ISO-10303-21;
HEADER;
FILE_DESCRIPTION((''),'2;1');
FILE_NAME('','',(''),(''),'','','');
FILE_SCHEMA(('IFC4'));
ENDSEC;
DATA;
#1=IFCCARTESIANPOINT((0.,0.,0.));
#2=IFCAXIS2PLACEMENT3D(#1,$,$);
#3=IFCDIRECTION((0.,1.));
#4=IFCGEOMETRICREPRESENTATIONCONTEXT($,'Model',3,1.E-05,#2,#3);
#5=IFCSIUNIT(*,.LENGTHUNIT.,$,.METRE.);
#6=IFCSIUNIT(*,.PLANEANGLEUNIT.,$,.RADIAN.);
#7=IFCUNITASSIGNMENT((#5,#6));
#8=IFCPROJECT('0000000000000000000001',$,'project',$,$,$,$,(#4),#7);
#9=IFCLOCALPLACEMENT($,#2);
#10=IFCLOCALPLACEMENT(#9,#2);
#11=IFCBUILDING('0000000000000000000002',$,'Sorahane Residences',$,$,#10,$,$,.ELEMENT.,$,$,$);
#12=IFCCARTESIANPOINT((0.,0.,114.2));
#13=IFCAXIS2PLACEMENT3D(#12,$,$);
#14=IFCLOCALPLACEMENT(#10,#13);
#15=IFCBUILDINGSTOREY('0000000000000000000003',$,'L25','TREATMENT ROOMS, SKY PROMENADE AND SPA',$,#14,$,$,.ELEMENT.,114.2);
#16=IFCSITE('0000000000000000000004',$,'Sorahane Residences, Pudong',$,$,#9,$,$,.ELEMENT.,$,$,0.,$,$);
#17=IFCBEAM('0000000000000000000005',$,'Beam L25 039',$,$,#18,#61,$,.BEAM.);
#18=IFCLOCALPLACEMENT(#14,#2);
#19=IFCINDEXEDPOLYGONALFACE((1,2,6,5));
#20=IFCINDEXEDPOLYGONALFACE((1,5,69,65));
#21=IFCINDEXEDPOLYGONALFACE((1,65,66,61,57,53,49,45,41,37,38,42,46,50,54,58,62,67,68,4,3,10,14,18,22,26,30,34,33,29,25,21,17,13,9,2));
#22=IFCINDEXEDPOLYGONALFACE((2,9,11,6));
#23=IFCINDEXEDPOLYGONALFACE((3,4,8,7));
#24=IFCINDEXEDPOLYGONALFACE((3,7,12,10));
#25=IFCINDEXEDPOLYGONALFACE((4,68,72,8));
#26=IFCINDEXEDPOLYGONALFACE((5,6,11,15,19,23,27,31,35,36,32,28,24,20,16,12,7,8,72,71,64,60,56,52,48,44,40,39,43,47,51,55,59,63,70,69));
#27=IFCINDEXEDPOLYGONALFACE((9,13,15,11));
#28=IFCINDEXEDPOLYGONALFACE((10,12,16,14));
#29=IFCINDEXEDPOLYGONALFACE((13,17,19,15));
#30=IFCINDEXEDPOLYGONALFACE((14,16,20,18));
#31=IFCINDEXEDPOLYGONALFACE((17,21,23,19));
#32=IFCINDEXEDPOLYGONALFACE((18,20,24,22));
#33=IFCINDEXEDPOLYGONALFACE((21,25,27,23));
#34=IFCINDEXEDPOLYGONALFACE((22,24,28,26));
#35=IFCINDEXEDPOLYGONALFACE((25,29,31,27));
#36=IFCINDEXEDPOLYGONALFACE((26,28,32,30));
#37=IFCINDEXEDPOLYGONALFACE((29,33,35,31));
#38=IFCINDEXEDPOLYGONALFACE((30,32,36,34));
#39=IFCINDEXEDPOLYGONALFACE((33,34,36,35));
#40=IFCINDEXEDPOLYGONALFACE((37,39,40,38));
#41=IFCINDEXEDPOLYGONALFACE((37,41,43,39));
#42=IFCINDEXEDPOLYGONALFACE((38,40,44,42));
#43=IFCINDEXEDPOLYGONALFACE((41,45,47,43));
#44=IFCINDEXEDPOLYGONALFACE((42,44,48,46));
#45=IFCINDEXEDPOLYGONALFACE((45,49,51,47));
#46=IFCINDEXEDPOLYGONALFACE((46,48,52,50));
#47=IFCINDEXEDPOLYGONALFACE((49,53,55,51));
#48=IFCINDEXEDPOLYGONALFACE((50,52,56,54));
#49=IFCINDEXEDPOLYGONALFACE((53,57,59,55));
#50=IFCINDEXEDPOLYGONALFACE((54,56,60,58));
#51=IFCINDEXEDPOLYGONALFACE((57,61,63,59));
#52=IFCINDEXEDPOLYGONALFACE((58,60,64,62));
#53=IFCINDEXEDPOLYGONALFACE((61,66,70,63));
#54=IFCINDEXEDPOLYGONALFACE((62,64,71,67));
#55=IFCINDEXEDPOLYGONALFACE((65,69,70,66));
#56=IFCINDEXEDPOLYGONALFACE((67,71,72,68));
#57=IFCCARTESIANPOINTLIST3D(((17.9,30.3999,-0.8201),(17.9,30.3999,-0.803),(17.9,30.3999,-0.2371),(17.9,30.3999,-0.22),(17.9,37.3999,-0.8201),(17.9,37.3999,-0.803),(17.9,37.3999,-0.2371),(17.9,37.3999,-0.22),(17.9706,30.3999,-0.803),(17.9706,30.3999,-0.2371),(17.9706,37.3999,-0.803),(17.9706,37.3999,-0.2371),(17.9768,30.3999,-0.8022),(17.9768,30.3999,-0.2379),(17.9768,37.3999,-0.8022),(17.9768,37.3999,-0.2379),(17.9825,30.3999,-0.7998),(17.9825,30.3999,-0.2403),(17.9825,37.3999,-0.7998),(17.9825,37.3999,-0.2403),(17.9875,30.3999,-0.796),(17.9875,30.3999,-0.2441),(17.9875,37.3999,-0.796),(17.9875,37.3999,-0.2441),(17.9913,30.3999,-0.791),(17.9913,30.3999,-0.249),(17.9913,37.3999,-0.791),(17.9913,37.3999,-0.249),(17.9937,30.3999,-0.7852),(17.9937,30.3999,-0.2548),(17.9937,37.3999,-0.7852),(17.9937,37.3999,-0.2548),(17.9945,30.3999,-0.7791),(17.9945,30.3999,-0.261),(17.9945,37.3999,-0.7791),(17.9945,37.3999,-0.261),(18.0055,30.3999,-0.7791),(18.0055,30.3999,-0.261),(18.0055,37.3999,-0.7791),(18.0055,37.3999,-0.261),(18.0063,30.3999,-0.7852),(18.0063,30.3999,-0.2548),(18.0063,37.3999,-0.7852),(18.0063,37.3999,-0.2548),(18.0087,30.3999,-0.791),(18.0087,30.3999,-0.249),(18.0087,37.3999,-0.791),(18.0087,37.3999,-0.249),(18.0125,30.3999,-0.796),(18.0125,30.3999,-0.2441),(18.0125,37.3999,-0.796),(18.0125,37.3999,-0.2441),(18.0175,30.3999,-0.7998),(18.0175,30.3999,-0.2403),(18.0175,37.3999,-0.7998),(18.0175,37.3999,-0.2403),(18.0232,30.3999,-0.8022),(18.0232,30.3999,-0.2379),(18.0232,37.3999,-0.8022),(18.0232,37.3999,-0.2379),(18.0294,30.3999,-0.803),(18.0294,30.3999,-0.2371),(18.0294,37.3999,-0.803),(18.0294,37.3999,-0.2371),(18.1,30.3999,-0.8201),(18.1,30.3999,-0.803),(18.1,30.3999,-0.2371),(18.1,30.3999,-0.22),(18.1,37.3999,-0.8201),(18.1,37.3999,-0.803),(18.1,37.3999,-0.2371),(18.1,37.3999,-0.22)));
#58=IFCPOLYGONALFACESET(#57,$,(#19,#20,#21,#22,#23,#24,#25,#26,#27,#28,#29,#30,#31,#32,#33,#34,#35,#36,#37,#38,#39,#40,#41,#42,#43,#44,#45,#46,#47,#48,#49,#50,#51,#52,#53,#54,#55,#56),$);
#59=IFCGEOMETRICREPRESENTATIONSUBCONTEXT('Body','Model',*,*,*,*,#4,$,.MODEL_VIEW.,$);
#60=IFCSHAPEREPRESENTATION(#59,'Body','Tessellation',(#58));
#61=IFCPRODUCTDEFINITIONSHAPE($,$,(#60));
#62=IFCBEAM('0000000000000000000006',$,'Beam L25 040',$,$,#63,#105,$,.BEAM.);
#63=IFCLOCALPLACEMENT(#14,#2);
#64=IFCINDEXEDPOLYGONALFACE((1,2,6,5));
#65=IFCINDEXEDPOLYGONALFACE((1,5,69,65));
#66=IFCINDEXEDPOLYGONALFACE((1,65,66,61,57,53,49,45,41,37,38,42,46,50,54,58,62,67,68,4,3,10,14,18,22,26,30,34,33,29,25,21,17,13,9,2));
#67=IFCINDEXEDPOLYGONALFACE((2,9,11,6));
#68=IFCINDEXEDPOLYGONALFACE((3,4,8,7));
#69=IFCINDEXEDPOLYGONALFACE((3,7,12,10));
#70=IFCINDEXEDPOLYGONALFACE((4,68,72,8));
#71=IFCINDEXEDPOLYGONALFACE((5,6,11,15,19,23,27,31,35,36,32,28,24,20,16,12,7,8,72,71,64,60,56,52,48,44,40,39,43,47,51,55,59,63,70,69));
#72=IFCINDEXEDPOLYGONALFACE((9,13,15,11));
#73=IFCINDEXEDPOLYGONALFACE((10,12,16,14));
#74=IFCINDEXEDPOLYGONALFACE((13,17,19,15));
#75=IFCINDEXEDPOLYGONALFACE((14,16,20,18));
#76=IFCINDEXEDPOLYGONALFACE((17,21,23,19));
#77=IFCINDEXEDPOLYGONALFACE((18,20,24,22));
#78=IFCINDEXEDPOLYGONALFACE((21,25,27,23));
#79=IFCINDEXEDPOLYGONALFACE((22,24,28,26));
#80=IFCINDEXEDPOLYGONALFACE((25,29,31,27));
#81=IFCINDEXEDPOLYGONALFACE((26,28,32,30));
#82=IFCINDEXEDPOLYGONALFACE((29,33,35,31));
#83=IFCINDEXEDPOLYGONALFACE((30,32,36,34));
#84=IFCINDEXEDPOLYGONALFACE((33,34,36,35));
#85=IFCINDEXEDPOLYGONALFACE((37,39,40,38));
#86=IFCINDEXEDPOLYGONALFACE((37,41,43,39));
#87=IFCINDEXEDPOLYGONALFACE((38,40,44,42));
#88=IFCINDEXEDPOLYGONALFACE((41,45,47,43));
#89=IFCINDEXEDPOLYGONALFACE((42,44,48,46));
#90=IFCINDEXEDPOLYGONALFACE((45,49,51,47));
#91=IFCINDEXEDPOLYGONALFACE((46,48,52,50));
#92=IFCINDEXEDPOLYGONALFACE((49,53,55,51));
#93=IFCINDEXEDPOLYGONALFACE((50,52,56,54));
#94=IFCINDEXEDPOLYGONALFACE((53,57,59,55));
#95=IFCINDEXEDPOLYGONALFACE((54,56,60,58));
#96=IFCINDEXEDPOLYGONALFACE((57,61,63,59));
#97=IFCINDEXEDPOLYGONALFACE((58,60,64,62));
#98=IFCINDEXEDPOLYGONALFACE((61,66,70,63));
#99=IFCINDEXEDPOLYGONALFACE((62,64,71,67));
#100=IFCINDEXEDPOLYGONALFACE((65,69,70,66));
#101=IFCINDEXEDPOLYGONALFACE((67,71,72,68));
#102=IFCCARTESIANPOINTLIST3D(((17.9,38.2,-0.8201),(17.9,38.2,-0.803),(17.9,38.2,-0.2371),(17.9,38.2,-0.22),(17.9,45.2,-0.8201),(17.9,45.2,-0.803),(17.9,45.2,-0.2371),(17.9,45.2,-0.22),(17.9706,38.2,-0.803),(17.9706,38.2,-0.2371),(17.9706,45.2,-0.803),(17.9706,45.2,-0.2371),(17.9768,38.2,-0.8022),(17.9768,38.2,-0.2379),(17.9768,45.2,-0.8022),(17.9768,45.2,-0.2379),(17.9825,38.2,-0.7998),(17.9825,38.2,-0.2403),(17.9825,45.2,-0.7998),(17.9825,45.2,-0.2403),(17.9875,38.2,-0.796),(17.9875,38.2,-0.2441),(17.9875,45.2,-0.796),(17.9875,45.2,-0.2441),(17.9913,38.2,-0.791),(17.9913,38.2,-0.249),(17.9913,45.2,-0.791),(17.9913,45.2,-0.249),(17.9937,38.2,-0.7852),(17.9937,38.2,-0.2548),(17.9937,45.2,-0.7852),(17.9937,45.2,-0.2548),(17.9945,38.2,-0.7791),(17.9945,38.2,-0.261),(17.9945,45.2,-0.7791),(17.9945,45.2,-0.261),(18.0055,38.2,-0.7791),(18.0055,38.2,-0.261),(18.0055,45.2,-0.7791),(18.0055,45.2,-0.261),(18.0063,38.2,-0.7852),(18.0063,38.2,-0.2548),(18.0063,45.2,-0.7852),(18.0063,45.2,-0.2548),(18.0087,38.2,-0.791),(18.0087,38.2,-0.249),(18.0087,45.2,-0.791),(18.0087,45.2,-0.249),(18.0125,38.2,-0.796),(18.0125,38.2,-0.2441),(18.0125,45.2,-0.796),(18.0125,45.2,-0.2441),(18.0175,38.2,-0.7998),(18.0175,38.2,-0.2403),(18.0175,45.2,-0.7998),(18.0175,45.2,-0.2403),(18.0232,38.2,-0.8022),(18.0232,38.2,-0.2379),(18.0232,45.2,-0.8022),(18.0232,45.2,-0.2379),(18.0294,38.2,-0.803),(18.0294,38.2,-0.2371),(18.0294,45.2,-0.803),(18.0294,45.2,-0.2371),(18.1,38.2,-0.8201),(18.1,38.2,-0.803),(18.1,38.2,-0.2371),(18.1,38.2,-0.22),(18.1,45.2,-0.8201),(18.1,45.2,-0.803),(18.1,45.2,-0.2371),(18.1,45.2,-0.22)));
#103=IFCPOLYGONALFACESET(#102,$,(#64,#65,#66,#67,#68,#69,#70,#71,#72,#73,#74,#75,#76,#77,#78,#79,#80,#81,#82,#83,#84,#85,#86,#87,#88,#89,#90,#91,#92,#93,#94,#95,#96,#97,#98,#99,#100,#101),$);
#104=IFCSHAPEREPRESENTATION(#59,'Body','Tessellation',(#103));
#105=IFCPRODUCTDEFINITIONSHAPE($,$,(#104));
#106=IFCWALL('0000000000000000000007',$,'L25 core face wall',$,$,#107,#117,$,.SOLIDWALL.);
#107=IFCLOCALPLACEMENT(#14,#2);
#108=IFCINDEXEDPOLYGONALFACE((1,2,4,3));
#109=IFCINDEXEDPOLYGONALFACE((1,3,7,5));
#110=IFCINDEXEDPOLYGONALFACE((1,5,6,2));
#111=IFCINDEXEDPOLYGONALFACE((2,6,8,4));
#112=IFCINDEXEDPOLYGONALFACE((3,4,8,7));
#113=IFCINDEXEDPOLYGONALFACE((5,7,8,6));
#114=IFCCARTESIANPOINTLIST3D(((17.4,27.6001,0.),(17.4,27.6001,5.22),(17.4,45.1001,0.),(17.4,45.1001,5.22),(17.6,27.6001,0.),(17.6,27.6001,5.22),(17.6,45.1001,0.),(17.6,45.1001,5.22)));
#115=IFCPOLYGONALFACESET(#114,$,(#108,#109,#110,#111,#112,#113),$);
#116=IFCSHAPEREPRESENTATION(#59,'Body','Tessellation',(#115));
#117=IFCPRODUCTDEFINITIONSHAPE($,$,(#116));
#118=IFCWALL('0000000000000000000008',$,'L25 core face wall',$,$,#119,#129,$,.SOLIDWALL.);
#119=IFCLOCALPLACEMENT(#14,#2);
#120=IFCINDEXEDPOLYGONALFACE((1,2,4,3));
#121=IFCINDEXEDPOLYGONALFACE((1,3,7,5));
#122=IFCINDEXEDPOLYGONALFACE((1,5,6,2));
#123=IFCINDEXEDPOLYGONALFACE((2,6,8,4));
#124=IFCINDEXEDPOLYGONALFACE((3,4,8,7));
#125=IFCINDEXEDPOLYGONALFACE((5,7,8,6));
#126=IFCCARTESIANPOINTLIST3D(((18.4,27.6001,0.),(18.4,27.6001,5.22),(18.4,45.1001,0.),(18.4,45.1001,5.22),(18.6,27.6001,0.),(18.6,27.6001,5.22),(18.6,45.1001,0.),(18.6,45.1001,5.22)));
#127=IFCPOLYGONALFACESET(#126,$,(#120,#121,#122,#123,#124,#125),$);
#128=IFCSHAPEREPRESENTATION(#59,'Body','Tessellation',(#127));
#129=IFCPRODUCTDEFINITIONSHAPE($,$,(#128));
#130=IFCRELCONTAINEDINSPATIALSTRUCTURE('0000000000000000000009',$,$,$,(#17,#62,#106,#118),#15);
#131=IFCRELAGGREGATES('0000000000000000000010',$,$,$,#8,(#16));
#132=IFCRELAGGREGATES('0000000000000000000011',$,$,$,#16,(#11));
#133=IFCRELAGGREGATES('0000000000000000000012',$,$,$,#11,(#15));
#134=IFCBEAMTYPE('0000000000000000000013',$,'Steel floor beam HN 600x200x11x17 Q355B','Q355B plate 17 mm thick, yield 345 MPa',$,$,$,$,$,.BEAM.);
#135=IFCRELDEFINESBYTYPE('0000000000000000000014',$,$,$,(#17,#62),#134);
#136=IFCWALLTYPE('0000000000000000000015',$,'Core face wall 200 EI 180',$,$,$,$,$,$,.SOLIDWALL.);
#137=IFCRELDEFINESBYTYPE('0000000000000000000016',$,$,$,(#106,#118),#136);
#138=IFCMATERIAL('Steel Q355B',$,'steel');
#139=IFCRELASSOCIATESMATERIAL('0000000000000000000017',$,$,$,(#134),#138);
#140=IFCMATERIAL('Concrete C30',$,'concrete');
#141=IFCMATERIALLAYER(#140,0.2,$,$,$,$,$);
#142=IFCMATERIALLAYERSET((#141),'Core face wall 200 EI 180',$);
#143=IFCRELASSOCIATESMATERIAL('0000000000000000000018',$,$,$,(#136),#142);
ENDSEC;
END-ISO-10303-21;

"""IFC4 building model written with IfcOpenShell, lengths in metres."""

from ifc_helpers import new_model, si_unit, direction, frame, frame_2d, origin, origin_2d, place, context, subcontext, project, spatial, rectangle, i_section, extrude, material, layer, layer_set, material_profile, profile_set, type_object, element, save


model = new_model("IFC4")

# Units and contexts
model_context = context("Model", 3, precision=1e-05, world=origin(), true_north=direction((0.0, 1.0)))
body_context = subcontext(model_context, "Body", "Model", "MODEL_VIEW")
ifc_project = project(units=[si_unit("LENGTHUNIT", "METRE"), si_unit("PLANEANGLEUNIT", "RADIAN")], contexts=[model_context])

# Site, building, storey
site_placement = place(None, origin())
site = spatial("IfcSite", under=ifc_project, at=site_placement, Name="Sorahane Residences, Pudong", CompositionType="ELEMENT", RefElevation=0.0)
building_placement = place(site_placement, origin())
building = spatial("IfcBuilding", under=site, at=building_placement, Name="Sorahane Residences", CompositionType="ELEMENT")
storey_placement = place(building_placement, frame((0.0, 0.0, 114.2)))
storey = spatial("IfcBuildingStorey", under=building, at=storey_placement, Name="L25", Description="TREATMENT ROOMS, SKY PROMENADE AND SPA", CompositionType="ELEMENT", Elevation=114.2)

# Beams
ifc_material_1 = material(Name="Steel Q355B", Category="steel")
ifc_material_profile_1 = material_profile(ifc_material_1, i_section(OverallWidth=0.2, OverallDepth=0.6001, WebThickness=0.011, FlangeThickness=0.0171, FilletRadius=0.0239, at=origin_2d()), Name="HN 600x200x11x17")
ifc_profile_set_1 = profile_set([ifc_material_profile_1], Name="Steel Q355B")
beam_type_1 = type_object("IfcBeamType", Name="Steel floor beam HN 600x200x11x17 Q355B", Description="Q355B plate 17 mm thick, yield 345 MPa", PredefinedType="BEAM", material=ifc_profile_set_1)
for number, where, z_axis, x_axis, name in (
    (1, (18.0, 30.3999, -0.52), (0.0, 1.0, 0.0), (-1.0, 0.0, 0.0), "Beam L25 039"),
    (2, (18.0, 38.2, -0.52), (0.0, 1.0, 0.0), (-1.0, 0.0, 0.0), "Beam L25 040"),
):
    element("IfcBeam", number, at=place(storey_placement, frame(where, z_axis=z_axis, x_axis=x_axis)), inside=storey, type_object=beam_type_1, Name=name, PredefinedType="BEAM", context=body_context, shape_type="SweptSolid", body=[
        extrude(i_section(OverallWidth=0.2, OverallDepth=0.6001, WebThickness=0.011, FlangeThickness=0.0171, FilletRadius=0.0239, at=origin_2d()), origin(), (0.0, 0.0, 1.0), 7.0),
    ])

# Walls
ifc_material_2 = material(Name="Concrete C30", Category="concrete")
ifc_layer_1 = layer(ifc_material_2, 0.2)
ifc_layer_set_1 = layer_set([ifc_layer_1], Name="Core face wall 200 EI 180")
wall_type_1 = type_object("IfcWallType", Name="Core face wall 200 EI 180", PredefinedType="SOLIDWALL", material=ifc_layer_set_1)
for number, where, z_axis, x_axis, name in (
    (3, (17.5, 27.6001, 0.0), (0.0, 0.0, 1.0), (0.0, 1.0, 0.0), "L25 core face wall"),
    (4, (18.5, 27.6001, 0.0), (0.0, 0.0, 1.0), (0.0, 1.0, 0.0), "L25 core face wall"),
):
    element("IfcWall", number, at=place(storey_placement, frame(where, z_axis=z_axis, x_axis=x_axis)), inside=storey, type_object=wall_type_1, Name=name, PredefinedType="SOLIDWALL", context=body_context, shape_type="SweptSolid", body=[
        extrude(rectangle(XDim=17.5, YDim=0.2, at=frame_2d((8.75, 0.0))), origin(), (0.0, 0.0, 1.0), 5.22),
    ])

save(model, "model.ifc")
